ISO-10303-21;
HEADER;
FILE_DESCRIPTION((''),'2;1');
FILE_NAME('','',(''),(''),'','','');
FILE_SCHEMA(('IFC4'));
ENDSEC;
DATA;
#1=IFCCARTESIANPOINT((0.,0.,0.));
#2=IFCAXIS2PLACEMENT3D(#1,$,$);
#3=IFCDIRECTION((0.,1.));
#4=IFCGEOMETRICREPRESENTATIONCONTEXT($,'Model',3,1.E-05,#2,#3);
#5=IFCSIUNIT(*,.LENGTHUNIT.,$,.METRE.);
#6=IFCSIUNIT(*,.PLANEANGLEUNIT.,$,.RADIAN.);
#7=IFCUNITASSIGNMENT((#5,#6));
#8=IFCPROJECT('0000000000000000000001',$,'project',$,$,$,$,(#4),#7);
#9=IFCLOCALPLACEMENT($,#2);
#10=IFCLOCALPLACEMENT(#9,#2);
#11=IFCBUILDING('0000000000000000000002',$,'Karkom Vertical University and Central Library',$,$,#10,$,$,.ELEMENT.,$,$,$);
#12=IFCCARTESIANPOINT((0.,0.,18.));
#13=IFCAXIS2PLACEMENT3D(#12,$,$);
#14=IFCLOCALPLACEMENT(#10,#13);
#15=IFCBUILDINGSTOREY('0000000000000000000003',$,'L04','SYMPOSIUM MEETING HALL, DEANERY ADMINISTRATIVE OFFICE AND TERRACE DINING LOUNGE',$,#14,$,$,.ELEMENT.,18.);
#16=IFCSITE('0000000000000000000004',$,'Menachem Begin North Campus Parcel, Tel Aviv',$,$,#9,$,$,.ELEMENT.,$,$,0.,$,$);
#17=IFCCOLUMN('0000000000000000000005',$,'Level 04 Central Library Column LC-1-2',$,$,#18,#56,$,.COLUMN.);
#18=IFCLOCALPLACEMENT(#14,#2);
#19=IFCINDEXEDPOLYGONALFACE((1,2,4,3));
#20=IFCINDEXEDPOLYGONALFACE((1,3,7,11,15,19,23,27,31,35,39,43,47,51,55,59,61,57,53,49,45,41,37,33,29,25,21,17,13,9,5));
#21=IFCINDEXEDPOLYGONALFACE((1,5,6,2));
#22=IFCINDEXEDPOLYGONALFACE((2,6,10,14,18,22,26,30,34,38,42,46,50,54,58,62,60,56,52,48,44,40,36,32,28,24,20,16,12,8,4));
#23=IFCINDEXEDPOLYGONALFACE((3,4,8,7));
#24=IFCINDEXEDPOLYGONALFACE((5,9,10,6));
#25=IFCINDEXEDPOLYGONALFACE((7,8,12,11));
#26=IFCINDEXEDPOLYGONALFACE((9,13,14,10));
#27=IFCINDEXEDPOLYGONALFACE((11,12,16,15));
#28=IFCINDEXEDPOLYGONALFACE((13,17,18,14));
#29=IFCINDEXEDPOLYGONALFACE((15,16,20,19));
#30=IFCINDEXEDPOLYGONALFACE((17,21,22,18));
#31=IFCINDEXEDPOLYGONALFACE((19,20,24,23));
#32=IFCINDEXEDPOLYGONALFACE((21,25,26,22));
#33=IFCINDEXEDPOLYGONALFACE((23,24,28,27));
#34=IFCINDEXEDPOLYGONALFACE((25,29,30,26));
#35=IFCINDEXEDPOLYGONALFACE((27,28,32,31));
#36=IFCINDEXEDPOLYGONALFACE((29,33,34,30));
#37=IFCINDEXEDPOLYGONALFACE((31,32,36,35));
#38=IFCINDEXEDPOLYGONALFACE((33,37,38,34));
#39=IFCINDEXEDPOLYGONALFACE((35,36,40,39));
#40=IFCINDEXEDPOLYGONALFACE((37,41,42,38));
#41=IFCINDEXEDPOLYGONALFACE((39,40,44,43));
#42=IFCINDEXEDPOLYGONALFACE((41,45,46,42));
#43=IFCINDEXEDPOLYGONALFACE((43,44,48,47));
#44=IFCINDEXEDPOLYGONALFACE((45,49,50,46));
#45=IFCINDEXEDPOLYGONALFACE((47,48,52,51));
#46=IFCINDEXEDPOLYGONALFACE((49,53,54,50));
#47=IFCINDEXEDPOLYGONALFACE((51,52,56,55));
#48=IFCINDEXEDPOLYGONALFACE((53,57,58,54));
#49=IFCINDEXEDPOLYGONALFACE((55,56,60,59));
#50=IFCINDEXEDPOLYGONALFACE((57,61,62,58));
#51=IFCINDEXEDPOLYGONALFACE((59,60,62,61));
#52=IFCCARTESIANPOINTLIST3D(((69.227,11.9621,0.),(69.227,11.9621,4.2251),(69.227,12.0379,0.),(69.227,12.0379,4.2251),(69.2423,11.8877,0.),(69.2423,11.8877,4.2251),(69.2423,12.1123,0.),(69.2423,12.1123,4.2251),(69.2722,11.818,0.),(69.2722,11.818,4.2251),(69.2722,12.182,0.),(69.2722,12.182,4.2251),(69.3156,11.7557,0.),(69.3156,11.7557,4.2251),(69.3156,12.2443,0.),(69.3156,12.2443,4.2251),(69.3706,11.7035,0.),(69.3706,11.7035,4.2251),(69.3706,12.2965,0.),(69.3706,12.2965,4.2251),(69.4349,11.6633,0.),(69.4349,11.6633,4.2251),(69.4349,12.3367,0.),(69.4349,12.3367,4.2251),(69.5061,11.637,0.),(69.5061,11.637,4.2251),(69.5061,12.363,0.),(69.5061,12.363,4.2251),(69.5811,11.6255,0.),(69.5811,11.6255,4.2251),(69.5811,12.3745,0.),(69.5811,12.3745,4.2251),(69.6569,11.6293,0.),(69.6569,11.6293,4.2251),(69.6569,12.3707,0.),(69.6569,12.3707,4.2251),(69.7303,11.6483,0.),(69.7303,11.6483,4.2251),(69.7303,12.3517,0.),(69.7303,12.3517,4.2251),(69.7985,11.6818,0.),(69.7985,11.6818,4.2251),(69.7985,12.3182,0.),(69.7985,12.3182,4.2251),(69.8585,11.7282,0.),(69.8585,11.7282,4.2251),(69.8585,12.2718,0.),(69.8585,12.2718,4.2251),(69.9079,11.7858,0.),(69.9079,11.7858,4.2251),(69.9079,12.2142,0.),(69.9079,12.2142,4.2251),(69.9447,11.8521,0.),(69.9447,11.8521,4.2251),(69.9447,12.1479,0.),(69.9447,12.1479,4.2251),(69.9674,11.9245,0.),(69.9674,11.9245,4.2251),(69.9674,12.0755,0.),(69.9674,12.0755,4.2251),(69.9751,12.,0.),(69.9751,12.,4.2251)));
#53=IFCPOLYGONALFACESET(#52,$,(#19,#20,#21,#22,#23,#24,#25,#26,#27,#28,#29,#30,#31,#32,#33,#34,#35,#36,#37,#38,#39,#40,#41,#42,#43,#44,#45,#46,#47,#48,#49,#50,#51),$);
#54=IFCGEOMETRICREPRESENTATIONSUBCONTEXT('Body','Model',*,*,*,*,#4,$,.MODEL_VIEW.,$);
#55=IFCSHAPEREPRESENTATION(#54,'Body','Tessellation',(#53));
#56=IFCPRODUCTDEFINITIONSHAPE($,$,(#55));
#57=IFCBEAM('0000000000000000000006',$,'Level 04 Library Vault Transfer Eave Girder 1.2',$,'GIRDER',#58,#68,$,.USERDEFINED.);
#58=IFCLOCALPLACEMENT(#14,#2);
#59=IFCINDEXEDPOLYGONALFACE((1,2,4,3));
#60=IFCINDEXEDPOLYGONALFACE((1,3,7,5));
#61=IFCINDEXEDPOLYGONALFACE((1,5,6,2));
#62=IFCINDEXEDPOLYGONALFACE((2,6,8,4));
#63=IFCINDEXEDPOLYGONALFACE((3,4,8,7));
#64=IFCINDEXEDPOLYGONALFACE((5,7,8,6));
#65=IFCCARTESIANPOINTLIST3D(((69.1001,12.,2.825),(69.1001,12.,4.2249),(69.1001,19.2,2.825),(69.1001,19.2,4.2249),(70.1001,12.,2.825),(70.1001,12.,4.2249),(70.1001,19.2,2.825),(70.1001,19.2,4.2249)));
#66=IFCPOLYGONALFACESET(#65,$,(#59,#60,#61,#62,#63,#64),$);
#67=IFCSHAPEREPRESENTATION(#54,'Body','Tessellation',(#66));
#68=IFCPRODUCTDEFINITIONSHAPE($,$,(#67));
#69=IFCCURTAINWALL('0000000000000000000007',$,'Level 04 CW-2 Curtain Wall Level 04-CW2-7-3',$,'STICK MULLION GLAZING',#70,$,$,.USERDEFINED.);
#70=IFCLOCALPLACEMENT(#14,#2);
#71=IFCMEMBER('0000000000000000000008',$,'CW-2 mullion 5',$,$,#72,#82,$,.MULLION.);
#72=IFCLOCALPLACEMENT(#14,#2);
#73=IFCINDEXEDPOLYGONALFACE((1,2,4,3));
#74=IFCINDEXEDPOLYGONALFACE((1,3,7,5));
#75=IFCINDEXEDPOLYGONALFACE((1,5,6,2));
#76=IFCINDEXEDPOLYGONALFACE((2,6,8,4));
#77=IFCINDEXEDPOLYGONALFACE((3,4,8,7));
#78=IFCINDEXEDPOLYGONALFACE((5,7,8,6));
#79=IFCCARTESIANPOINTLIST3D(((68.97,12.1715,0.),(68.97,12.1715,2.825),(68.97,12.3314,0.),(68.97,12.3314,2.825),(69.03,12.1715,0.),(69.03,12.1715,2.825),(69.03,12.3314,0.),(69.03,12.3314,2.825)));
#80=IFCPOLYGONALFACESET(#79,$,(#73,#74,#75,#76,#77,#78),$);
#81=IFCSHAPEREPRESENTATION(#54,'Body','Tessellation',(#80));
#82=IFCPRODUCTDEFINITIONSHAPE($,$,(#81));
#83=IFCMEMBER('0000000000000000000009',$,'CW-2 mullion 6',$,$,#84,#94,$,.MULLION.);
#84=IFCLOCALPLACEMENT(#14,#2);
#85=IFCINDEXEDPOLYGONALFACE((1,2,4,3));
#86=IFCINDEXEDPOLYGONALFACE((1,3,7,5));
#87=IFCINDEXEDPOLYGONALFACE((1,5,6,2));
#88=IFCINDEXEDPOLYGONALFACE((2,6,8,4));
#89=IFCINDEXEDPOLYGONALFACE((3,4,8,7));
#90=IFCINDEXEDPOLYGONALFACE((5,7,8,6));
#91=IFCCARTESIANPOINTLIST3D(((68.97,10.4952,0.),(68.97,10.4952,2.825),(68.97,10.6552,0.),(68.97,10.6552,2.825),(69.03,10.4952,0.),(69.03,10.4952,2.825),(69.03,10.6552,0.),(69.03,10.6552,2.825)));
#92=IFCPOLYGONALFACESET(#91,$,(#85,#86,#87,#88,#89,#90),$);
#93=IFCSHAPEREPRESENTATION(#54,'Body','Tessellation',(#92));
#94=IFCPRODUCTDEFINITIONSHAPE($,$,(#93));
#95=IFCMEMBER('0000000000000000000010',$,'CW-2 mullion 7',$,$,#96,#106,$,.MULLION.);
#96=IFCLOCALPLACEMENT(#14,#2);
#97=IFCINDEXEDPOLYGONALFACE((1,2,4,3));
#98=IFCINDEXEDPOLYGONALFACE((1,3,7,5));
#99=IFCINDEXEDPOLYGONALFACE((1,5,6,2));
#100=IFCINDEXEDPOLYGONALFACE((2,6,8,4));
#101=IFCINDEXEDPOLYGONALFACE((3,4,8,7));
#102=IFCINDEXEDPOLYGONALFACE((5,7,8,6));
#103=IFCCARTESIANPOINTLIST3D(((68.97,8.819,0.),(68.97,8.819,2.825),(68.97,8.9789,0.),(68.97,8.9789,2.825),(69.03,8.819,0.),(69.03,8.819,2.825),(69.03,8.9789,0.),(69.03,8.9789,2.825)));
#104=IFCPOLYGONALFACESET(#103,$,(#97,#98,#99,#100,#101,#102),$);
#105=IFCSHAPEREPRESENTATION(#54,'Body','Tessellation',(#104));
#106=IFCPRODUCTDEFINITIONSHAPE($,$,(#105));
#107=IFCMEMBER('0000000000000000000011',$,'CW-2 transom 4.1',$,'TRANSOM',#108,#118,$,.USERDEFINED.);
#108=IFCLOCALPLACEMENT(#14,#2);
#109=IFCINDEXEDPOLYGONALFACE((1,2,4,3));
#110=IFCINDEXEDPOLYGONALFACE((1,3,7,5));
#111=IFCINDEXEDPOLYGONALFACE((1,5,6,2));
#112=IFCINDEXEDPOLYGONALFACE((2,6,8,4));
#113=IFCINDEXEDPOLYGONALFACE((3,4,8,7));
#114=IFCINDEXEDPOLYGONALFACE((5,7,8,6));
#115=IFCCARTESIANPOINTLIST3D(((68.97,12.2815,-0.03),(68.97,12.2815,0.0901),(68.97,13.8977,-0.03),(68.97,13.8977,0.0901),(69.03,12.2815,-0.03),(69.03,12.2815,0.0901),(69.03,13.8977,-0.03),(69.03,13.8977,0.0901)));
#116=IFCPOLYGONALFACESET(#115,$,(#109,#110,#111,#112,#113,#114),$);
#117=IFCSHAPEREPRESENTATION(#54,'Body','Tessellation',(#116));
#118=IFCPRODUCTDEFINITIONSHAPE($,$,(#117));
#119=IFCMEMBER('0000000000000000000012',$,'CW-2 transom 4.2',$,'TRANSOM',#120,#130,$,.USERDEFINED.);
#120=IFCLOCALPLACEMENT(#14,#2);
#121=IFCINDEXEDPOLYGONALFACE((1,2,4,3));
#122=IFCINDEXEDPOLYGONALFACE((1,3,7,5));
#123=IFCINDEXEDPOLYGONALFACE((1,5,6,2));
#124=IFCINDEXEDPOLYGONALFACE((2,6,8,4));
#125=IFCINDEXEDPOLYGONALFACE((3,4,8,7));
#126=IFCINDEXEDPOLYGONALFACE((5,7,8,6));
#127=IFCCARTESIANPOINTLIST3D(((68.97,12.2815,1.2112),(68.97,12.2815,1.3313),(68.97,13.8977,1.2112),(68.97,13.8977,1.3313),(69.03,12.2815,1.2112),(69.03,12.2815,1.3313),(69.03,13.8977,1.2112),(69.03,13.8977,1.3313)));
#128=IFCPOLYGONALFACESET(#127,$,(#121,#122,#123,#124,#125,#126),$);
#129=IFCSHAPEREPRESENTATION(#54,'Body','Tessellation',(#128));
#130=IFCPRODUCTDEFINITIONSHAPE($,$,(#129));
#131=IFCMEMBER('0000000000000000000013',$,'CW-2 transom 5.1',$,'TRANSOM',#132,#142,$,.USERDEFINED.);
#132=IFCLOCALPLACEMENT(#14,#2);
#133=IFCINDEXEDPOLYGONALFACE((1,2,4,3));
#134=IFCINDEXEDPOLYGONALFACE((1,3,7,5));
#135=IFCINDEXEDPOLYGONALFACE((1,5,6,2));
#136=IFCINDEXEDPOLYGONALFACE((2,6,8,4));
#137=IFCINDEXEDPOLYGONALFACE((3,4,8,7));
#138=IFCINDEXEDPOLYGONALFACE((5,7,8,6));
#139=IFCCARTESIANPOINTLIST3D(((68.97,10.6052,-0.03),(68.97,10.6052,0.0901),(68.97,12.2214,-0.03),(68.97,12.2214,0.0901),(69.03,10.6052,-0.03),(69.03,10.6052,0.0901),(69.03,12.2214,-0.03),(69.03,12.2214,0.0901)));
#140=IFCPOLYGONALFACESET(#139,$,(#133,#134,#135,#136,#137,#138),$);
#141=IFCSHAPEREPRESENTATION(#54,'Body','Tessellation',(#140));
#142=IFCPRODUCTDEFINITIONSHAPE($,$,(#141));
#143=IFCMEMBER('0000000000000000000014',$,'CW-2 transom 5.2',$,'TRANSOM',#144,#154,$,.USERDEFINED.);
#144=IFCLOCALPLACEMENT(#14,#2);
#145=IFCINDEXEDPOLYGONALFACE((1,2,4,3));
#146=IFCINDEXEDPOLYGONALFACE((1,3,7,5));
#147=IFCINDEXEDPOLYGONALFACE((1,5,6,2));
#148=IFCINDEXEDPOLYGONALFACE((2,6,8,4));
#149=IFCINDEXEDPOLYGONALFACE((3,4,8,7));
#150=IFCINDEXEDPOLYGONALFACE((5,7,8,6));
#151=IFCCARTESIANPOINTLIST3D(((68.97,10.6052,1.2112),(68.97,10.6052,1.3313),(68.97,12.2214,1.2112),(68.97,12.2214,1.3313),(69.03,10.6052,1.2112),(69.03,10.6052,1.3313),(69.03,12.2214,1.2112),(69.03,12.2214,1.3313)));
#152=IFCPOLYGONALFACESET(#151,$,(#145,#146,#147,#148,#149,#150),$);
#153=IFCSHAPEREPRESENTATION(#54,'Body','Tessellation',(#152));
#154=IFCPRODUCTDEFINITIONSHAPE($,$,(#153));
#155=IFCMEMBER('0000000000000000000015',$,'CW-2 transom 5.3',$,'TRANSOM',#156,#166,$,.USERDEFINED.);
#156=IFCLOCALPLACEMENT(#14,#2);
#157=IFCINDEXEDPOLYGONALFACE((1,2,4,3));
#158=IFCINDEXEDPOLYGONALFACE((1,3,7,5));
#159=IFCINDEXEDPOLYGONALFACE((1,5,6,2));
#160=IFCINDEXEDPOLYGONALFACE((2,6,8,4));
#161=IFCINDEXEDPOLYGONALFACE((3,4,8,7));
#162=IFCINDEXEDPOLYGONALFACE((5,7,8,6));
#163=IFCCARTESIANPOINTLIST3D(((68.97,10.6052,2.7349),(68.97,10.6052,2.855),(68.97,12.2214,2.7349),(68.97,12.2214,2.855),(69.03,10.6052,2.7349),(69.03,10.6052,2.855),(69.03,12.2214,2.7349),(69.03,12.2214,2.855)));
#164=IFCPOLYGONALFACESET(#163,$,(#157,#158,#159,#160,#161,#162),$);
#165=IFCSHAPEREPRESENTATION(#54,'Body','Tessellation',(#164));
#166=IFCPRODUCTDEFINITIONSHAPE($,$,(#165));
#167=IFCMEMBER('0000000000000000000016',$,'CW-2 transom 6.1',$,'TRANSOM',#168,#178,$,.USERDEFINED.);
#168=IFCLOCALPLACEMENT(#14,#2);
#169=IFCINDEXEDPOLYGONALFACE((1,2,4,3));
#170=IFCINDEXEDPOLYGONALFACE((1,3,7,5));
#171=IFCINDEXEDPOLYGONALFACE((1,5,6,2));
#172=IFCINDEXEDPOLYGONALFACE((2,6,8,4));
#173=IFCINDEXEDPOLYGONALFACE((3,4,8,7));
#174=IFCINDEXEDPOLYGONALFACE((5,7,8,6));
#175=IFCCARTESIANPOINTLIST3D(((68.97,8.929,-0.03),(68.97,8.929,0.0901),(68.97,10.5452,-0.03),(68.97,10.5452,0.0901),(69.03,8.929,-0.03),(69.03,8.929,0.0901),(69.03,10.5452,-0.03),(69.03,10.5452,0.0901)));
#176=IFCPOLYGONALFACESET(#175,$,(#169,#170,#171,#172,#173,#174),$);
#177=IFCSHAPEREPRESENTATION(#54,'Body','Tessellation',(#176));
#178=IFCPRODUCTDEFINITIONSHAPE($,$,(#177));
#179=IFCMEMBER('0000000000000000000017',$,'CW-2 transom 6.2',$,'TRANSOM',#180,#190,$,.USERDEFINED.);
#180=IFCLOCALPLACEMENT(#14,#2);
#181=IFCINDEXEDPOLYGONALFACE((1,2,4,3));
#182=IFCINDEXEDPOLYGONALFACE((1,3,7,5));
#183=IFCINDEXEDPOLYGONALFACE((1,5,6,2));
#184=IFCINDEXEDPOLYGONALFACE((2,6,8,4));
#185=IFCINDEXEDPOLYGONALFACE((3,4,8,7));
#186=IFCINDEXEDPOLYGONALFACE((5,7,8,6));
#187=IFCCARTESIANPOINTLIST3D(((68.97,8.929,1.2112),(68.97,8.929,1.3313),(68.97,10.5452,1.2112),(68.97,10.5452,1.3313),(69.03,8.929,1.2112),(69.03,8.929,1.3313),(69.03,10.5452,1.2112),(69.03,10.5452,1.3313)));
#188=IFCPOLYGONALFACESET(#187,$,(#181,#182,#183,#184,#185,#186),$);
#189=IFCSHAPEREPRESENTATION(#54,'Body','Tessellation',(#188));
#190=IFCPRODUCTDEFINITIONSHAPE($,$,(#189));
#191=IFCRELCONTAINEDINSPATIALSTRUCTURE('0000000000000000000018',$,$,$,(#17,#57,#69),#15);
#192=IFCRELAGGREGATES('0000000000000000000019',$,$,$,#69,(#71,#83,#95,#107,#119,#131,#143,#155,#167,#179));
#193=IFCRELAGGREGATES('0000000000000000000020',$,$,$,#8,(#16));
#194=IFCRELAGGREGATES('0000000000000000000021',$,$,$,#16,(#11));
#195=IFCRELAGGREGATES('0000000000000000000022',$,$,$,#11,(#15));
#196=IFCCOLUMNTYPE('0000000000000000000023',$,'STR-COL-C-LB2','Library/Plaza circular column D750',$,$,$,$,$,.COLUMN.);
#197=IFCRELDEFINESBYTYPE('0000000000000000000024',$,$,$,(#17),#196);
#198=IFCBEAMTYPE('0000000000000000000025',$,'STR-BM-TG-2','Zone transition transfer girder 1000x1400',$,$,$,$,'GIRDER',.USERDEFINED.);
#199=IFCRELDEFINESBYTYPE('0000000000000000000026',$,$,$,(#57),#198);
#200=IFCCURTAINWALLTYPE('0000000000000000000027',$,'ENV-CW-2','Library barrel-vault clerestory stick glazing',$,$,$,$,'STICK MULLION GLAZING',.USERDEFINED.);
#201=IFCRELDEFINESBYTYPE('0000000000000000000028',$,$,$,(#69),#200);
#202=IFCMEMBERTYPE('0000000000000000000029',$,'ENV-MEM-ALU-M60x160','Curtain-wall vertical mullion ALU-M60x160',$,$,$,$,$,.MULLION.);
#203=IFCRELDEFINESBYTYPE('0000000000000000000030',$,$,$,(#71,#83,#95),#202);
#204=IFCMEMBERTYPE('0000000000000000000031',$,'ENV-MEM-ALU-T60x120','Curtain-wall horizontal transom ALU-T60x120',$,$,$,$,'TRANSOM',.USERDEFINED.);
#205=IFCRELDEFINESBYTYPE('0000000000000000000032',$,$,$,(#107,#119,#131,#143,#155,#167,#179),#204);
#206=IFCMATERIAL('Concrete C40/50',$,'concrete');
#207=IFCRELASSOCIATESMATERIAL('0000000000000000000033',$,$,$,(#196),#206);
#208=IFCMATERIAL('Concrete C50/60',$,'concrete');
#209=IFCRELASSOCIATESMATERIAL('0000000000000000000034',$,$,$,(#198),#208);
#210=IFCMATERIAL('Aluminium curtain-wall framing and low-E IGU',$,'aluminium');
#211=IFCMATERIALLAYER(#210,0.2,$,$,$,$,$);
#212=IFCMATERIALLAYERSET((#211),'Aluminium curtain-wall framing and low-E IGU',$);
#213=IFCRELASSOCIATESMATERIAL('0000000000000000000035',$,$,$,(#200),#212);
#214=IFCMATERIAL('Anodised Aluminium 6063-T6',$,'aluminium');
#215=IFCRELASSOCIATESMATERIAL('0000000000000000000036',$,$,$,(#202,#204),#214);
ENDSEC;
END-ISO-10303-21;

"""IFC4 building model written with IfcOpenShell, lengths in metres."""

from ifc_helpers import new_model, si_unit, direction, frame, origin, origin_with_axes, origin_2d, place, context, subcontext, project, spatial, rectangle, circle, extrude, source, transform, mapped, material, layer, layer_set, material_profile, profile_set, type_object, element, aggregate, save


model = new_model("IFC4")

# Units and contexts
model_context = context("Model", 3, precision=1e-05, world=origin(), true_north=direction((0.0, 1.0)))
body_context = subcontext(model_context, "Body", "Model", "MODEL_VIEW")
ifc_project = project(units=[si_unit("LENGTHUNIT", "METRE"), si_unit("PLANEANGLEUNIT", "RADIAN")], contexts=[model_context])

# Site, building, storey
site_placement = place(None, origin())
site = spatial("IfcSite", under=ifc_project, at=site_placement, Name="Menachem Begin North Campus Parcel, Tel Aviv", CompositionType="ELEMENT", RefElevation=0.0)
building_placement = place(site_placement, origin())
building = spatial("IfcBuilding", under=site, at=building_placement, Name="Karkom Vertical University and Central Library", CompositionType="ELEMENT")
storey_placement = place(building_placement, frame((0.0, 0.0, 18.0)))
storey = spatial("IfcBuildingStorey", under=building, at=storey_placement, Name="L04", Description="SYMPOSIUM MEETING HALL, DEANERY ADMINISTRATIVE OFFICE AND TERRACE DINING LOUNGE", CompositionType="ELEMENT", Elevation=18.0)

# Column
ifc_material_1 = material(Name="Concrete C40/50", Category="concrete")
ifc_material_profile_1 = material_profile(ifc_material_1, circle(Radius=0.375, at=origin_2d()), Name="RC-D750")
ifc_profile_set_1 = profile_set([ifc_material_profile_1], Name="Concrete C40/50")
column_type = type_object("IfcColumnType", Name="STR-COL-C-LB2", Description="Library/Plaza circular column D750", PredefinedType="COLUMN", material=ifc_profile_set_1)
shared_shape_1 = source(origin_with_axes(), body_context, "Body", "SweptSolid", [
    extrude(circle(Radius=0.375, at=origin_2d()), origin(), (0.0, 0.0, 1.0), 4.2251),
])
column_placement = place(storey_placement, frame((69.6001, 12.0, 0.0), z_axis=(0.0, 0.0, 1.0), x_axis=(1.0, 0.0, 0.0)))
element("IfcColumn", 1, at=column_placement, inside=storey, type_object=column_type, Name="Level 04 Central Library Column LC-1-2", PredefinedType="COLUMN", context=body_context, shape_type="MappedRepresentation", body=[
    mapped(shared_shape_1, transform((0.0, 0.0, 0.0), scale=1.0)),
])

# Beam
ifc_material_2 = material(Name="Concrete C50/60", Category="concrete")
ifc_material_profile_2 = material_profile(ifc_material_2, rectangle(XDim=1.0, YDim=1.3999, at=origin_2d()), Name="TG-1000x1400")
ifc_profile_set_2 = profile_set([ifc_material_profile_2], Name="Concrete C50/60")
beam_type = type_object("IfcBeamType", Name="STR-BM-TG-2", Description="Zone transition transfer girder 1000x1400", ElementType="GIRDER", PredefinedType="USERDEFINED", material=ifc_profile_set_2)
shared_shape_2 = source(origin_with_axes(), body_context, "Body", "SweptSolid", [
    extrude(rectangle(XDim=1.0, YDim=1.3999, at=origin_2d()), origin(), (0.0, 0.0, 1.0), 7.2),
])
beam_placement = place(storey_placement, frame((69.6001, 12.0, 3.5249), z_axis=(0.0, 1.0, 0.0), x_axis=(-1.0, 0.0, 0.0)))
element("IfcBeam", 2, at=beam_placement, inside=storey, type_object=beam_type, Name="Level 04 Library Vault Transfer Eave Girder 1.2", ObjectType="GIRDER", PredefinedType="USERDEFINED", context=body_context, shape_type="MappedRepresentation", body=[
    mapped(shared_shape_2, transform((0.0, 0.0, 0.0), scale=1.0)),
])

# Curtain wall, members
ifc_material_3 = material(Name="Aluminium curtain-wall framing and low-E IGU", Category="aluminium")
ifc_layer_1 = layer(ifc_material_3, 0.2)
ifc_layer_set_1 = layer_set([ifc_layer_1], Name="Aluminium curtain-wall framing and low-E IGU")
curtain_wall_type = type_object("IfcCurtainWallType", Name="ENV-CW-2", Description="Library barrel-vault clerestory stick glazing", ElementType="STICK MULLION GLAZING", PredefinedType="USERDEFINED", material=ifc_layer_set_1)
curtain_wall_placement = place(storey_placement, origin())
curtain_wall = element("IfcCurtainWall", 3, at=curtain_wall_placement, inside=storey, type_object=curtain_wall_type, Name="Level 04 CW-2 Curtain Wall Level 04-CW2-7-3", ObjectType="STICK MULLION GLAZING", PredefinedType="USERDEFINED")
ifc_material_4 = material(Name="Anodised Aluminium 6063-T6", Category="aluminium")
ifc_material_profile_3 = material_profile(ifc_material_4, rectangle(XDim=0.0601, YDim=0.1599, at=origin_2d()), Name="ALU-M60x160")
ifc_profile_set_3 = profile_set([ifc_material_profile_3], Name="Anodised Aluminium 6063-T6")
member_type_1 = type_object("IfcMemberType", Name="ENV-MEM-ALU-M60x160", Description="Curtain-wall vertical mullion ALU-M60x160", PredefinedType="MULLION", material=ifc_profile_set_3)
shared_shape_3 = source(origin_with_axes(), body_context, "Body", "SweptSolid", [
    extrude(rectangle(XDim=0.0601, YDim=0.1599, at=origin_2d()), origin(), (0.0, 0.0, 1.0), 2.825),
])
member_1_placement = place(storey_placement, frame((69.0, 12.2515, 0.0), z_axis=(0.0, 0.0, 1.0), x_axis=(1.0, 0.0, 0.0)))
member_1 = element("IfcMember", 4, at=member_1_placement, type_object=member_type_1, Name="CW-2 mullion 5", PredefinedType="MULLION", context=body_context, shape_type="MappedRepresentation", body=[
    mapped(shared_shape_3, transform((0.0, 0.0, 0.0), scale=1.0)),
])
member_2_placement = place(storey_placement, frame((69.0, 10.5752, 0.0), z_axis=(0.0, 0.0, 1.0), x_axis=(1.0, 0.0, 0.0)))
member_2 = element("IfcMember", 5, at=member_2_placement, type_object=member_type_1, Name="CW-2 mullion 6", PredefinedType="MULLION", context=body_context, shape_type="MappedRepresentation", body=[
    mapped(shared_shape_3, transform((0.0, 0.0, 0.0), scale=1.0)),
])
member_3_placement = place(storey_placement, frame((69.0, 8.8989, 0.0), z_axis=(0.0, 0.0, 1.0), x_axis=(1.0, 0.0, 0.0)))
member_3 = element("IfcMember", 6, at=member_3_placement, type_object=member_type_1, Name="CW-2 mullion 7", PredefinedType="MULLION", context=body_context, shape_type="MappedRepresentation", body=[
    mapped(shared_shape_3, transform((0.0, 0.0, 0.0), scale=1.0)),
])
ifc_material_profile_4 = material_profile(ifc_material_4, rectangle(XDim=0.0601, YDim=0.1201, at=origin_2d()), Name="ALU-T60x120")
ifc_profile_set_4 = profile_set([ifc_material_profile_4], Name="Anodised Aluminium 6063-T6")
member_type_2 = type_object("IfcMemberType", Name="ENV-MEM-ALU-T60x120", Description="Curtain-wall horizontal transom ALU-T60x120", ElementType="TRANSOM", PredefinedType="USERDEFINED", material=ifc_profile_set_4)
shared_shape_4 = source(origin_with_axes(), body_context, "Body", "SweptSolid", [
    extrude(rectangle(XDim=0.0601, YDim=0.1201, at=origin_2d()), origin(), (0.0, 0.0, 1.0), 1.6162),
])
member_4_placement = place(storey_placement, frame((69.0, 13.8977, 0.03), z_axis=(0.0, -1.0, 0.0), x_axis=(1.0, 0.0, 0.0)))
member_4 = element("IfcMember", 7, at=member_4_placement, type_object=member_type_2, Name="CW-2 transom 4.1", ObjectType="TRANSOM", PredefinedType="USERDEFINED", context=body_context, shape_type="MappedRepresentation", body=[
    mapped(shared_shape_4, transform((0.0, 0.0, 0.0), scale=1.0)),
])
member_5_placement = place(storey_placement, frame((69.0, 13.8977, 1.2712), z_axis=(0.0, -1.0, 0.0), x_axis=(1.0, 0.0, 0.0)))
member_5 = element("IfcMember", 8, at=member_5_placement, type_object=member_type_2, Name="CW-2 transom 4.2", ObjectType="TRANSOM", PredefinedType="USERDEFINED", context=body_context, shape_type="MappedRepresentation", body=[
    mapped(shared_shape_4, transform((0.0, 0.0, 0.0), scale=1.0)),
])
member_6_placement = place(storey_placement, frame((69.0, 12.2214, 0.03), z_axis=(0.0, -1.0, 0.0), x_axis=(1.0, 0.0, 0.0)))
member_6 = element("IfcMember", 9, at=member_6_placement, type_object=member_type_2, Name="CW-2 transom 5.1", ObjectType="TRANSOM", PredefinedType="USERDEFINED", context=body_context, shape_type="MappedRepresentation", body=[
    mapped(shared_shape_4, transform((0.0, 0.0, 0.0), scale=1.0)),
])
member_7_placement = place(storey_placement, frame((69.0, 12.2214, 1.2712), z_axis=(0.0, -1.0, 0.0), x_axis=(1.0, 0.0, 0.0)))
member_7 = element("IfcMember", 10, at=member_7_placement, type_object=member_type_2, Name="CW-2 transom 5.2", ObjectType="TRANSOM", PredefinedType="USERDEFINED", context=body_context, shape_type="MappedRepresentation", body=[
    mapped(shared_shape_4, transform((0.0, 0.0, 0.0), scale=1.0)),
])
member_8_placement = place(storey_placement, frame((69.0, 12.2214, 2.7949), z_axis=(0.0, -1.0, 0.0), x_axis=(1.0, 0.0, 0.0)))
member_8 = element("IfcMember", 11, at=member_8_placement, type_object=member_type_2, Name="CW-2 transom 5.3", ObjectType="TRANSOM", PredefinedType="USERDEFINED", context=body_context, shape_type="MappedRepresentation", body=[
    mapped(shared_shape_4, transform((0.0, 0.0, 0.0), scale=1.0)),
])
member_9_placement = place(storey_placement, frame((69.0, 10.5452, 0.03), z_axis=(0.0, -1.0, 0.0), x_axis=(1.0, 0.0, 0.0)))
member_9 = element("IfcMember", 12, at=member_9_placement, type_object=member_type_2, Name="CW-2 transom 6.1", ObjectType="TRANSOM", PredefinedType="USERDEFINED", context=body_context, shape_type="MappedRepresentation", body=[
    mapped(shared_shape_4, transform((0.0, 0.0, 0.0), scale=1.0)),
])
member_10_placement = place(storey_placement, frame((69.0, 10.5452, 1.2712), z_axis=(0.0, -1.0, 0.0), x_axis=(1.0, 0.0, 0.0)))
member_10 = element("IfcMember", 13, at=member_10_placement, type_object=member_type_2, Name="CW-2 transom 6.2", ObjectType="TRANSOM", PredefinedType="USERDEFINED", context=body_context, shape_type="MappedRepresentation", body=[
    mapped(shared_shape_4, transform((0.0, 0.0, 0.0), scale=1.0)),
])
aggregate(curtain_wall, [member_1, member_2, member_3, member_4, member_5, member_6, member_7, member_8, member_9, member_10])

save(model, "model.ifc")
